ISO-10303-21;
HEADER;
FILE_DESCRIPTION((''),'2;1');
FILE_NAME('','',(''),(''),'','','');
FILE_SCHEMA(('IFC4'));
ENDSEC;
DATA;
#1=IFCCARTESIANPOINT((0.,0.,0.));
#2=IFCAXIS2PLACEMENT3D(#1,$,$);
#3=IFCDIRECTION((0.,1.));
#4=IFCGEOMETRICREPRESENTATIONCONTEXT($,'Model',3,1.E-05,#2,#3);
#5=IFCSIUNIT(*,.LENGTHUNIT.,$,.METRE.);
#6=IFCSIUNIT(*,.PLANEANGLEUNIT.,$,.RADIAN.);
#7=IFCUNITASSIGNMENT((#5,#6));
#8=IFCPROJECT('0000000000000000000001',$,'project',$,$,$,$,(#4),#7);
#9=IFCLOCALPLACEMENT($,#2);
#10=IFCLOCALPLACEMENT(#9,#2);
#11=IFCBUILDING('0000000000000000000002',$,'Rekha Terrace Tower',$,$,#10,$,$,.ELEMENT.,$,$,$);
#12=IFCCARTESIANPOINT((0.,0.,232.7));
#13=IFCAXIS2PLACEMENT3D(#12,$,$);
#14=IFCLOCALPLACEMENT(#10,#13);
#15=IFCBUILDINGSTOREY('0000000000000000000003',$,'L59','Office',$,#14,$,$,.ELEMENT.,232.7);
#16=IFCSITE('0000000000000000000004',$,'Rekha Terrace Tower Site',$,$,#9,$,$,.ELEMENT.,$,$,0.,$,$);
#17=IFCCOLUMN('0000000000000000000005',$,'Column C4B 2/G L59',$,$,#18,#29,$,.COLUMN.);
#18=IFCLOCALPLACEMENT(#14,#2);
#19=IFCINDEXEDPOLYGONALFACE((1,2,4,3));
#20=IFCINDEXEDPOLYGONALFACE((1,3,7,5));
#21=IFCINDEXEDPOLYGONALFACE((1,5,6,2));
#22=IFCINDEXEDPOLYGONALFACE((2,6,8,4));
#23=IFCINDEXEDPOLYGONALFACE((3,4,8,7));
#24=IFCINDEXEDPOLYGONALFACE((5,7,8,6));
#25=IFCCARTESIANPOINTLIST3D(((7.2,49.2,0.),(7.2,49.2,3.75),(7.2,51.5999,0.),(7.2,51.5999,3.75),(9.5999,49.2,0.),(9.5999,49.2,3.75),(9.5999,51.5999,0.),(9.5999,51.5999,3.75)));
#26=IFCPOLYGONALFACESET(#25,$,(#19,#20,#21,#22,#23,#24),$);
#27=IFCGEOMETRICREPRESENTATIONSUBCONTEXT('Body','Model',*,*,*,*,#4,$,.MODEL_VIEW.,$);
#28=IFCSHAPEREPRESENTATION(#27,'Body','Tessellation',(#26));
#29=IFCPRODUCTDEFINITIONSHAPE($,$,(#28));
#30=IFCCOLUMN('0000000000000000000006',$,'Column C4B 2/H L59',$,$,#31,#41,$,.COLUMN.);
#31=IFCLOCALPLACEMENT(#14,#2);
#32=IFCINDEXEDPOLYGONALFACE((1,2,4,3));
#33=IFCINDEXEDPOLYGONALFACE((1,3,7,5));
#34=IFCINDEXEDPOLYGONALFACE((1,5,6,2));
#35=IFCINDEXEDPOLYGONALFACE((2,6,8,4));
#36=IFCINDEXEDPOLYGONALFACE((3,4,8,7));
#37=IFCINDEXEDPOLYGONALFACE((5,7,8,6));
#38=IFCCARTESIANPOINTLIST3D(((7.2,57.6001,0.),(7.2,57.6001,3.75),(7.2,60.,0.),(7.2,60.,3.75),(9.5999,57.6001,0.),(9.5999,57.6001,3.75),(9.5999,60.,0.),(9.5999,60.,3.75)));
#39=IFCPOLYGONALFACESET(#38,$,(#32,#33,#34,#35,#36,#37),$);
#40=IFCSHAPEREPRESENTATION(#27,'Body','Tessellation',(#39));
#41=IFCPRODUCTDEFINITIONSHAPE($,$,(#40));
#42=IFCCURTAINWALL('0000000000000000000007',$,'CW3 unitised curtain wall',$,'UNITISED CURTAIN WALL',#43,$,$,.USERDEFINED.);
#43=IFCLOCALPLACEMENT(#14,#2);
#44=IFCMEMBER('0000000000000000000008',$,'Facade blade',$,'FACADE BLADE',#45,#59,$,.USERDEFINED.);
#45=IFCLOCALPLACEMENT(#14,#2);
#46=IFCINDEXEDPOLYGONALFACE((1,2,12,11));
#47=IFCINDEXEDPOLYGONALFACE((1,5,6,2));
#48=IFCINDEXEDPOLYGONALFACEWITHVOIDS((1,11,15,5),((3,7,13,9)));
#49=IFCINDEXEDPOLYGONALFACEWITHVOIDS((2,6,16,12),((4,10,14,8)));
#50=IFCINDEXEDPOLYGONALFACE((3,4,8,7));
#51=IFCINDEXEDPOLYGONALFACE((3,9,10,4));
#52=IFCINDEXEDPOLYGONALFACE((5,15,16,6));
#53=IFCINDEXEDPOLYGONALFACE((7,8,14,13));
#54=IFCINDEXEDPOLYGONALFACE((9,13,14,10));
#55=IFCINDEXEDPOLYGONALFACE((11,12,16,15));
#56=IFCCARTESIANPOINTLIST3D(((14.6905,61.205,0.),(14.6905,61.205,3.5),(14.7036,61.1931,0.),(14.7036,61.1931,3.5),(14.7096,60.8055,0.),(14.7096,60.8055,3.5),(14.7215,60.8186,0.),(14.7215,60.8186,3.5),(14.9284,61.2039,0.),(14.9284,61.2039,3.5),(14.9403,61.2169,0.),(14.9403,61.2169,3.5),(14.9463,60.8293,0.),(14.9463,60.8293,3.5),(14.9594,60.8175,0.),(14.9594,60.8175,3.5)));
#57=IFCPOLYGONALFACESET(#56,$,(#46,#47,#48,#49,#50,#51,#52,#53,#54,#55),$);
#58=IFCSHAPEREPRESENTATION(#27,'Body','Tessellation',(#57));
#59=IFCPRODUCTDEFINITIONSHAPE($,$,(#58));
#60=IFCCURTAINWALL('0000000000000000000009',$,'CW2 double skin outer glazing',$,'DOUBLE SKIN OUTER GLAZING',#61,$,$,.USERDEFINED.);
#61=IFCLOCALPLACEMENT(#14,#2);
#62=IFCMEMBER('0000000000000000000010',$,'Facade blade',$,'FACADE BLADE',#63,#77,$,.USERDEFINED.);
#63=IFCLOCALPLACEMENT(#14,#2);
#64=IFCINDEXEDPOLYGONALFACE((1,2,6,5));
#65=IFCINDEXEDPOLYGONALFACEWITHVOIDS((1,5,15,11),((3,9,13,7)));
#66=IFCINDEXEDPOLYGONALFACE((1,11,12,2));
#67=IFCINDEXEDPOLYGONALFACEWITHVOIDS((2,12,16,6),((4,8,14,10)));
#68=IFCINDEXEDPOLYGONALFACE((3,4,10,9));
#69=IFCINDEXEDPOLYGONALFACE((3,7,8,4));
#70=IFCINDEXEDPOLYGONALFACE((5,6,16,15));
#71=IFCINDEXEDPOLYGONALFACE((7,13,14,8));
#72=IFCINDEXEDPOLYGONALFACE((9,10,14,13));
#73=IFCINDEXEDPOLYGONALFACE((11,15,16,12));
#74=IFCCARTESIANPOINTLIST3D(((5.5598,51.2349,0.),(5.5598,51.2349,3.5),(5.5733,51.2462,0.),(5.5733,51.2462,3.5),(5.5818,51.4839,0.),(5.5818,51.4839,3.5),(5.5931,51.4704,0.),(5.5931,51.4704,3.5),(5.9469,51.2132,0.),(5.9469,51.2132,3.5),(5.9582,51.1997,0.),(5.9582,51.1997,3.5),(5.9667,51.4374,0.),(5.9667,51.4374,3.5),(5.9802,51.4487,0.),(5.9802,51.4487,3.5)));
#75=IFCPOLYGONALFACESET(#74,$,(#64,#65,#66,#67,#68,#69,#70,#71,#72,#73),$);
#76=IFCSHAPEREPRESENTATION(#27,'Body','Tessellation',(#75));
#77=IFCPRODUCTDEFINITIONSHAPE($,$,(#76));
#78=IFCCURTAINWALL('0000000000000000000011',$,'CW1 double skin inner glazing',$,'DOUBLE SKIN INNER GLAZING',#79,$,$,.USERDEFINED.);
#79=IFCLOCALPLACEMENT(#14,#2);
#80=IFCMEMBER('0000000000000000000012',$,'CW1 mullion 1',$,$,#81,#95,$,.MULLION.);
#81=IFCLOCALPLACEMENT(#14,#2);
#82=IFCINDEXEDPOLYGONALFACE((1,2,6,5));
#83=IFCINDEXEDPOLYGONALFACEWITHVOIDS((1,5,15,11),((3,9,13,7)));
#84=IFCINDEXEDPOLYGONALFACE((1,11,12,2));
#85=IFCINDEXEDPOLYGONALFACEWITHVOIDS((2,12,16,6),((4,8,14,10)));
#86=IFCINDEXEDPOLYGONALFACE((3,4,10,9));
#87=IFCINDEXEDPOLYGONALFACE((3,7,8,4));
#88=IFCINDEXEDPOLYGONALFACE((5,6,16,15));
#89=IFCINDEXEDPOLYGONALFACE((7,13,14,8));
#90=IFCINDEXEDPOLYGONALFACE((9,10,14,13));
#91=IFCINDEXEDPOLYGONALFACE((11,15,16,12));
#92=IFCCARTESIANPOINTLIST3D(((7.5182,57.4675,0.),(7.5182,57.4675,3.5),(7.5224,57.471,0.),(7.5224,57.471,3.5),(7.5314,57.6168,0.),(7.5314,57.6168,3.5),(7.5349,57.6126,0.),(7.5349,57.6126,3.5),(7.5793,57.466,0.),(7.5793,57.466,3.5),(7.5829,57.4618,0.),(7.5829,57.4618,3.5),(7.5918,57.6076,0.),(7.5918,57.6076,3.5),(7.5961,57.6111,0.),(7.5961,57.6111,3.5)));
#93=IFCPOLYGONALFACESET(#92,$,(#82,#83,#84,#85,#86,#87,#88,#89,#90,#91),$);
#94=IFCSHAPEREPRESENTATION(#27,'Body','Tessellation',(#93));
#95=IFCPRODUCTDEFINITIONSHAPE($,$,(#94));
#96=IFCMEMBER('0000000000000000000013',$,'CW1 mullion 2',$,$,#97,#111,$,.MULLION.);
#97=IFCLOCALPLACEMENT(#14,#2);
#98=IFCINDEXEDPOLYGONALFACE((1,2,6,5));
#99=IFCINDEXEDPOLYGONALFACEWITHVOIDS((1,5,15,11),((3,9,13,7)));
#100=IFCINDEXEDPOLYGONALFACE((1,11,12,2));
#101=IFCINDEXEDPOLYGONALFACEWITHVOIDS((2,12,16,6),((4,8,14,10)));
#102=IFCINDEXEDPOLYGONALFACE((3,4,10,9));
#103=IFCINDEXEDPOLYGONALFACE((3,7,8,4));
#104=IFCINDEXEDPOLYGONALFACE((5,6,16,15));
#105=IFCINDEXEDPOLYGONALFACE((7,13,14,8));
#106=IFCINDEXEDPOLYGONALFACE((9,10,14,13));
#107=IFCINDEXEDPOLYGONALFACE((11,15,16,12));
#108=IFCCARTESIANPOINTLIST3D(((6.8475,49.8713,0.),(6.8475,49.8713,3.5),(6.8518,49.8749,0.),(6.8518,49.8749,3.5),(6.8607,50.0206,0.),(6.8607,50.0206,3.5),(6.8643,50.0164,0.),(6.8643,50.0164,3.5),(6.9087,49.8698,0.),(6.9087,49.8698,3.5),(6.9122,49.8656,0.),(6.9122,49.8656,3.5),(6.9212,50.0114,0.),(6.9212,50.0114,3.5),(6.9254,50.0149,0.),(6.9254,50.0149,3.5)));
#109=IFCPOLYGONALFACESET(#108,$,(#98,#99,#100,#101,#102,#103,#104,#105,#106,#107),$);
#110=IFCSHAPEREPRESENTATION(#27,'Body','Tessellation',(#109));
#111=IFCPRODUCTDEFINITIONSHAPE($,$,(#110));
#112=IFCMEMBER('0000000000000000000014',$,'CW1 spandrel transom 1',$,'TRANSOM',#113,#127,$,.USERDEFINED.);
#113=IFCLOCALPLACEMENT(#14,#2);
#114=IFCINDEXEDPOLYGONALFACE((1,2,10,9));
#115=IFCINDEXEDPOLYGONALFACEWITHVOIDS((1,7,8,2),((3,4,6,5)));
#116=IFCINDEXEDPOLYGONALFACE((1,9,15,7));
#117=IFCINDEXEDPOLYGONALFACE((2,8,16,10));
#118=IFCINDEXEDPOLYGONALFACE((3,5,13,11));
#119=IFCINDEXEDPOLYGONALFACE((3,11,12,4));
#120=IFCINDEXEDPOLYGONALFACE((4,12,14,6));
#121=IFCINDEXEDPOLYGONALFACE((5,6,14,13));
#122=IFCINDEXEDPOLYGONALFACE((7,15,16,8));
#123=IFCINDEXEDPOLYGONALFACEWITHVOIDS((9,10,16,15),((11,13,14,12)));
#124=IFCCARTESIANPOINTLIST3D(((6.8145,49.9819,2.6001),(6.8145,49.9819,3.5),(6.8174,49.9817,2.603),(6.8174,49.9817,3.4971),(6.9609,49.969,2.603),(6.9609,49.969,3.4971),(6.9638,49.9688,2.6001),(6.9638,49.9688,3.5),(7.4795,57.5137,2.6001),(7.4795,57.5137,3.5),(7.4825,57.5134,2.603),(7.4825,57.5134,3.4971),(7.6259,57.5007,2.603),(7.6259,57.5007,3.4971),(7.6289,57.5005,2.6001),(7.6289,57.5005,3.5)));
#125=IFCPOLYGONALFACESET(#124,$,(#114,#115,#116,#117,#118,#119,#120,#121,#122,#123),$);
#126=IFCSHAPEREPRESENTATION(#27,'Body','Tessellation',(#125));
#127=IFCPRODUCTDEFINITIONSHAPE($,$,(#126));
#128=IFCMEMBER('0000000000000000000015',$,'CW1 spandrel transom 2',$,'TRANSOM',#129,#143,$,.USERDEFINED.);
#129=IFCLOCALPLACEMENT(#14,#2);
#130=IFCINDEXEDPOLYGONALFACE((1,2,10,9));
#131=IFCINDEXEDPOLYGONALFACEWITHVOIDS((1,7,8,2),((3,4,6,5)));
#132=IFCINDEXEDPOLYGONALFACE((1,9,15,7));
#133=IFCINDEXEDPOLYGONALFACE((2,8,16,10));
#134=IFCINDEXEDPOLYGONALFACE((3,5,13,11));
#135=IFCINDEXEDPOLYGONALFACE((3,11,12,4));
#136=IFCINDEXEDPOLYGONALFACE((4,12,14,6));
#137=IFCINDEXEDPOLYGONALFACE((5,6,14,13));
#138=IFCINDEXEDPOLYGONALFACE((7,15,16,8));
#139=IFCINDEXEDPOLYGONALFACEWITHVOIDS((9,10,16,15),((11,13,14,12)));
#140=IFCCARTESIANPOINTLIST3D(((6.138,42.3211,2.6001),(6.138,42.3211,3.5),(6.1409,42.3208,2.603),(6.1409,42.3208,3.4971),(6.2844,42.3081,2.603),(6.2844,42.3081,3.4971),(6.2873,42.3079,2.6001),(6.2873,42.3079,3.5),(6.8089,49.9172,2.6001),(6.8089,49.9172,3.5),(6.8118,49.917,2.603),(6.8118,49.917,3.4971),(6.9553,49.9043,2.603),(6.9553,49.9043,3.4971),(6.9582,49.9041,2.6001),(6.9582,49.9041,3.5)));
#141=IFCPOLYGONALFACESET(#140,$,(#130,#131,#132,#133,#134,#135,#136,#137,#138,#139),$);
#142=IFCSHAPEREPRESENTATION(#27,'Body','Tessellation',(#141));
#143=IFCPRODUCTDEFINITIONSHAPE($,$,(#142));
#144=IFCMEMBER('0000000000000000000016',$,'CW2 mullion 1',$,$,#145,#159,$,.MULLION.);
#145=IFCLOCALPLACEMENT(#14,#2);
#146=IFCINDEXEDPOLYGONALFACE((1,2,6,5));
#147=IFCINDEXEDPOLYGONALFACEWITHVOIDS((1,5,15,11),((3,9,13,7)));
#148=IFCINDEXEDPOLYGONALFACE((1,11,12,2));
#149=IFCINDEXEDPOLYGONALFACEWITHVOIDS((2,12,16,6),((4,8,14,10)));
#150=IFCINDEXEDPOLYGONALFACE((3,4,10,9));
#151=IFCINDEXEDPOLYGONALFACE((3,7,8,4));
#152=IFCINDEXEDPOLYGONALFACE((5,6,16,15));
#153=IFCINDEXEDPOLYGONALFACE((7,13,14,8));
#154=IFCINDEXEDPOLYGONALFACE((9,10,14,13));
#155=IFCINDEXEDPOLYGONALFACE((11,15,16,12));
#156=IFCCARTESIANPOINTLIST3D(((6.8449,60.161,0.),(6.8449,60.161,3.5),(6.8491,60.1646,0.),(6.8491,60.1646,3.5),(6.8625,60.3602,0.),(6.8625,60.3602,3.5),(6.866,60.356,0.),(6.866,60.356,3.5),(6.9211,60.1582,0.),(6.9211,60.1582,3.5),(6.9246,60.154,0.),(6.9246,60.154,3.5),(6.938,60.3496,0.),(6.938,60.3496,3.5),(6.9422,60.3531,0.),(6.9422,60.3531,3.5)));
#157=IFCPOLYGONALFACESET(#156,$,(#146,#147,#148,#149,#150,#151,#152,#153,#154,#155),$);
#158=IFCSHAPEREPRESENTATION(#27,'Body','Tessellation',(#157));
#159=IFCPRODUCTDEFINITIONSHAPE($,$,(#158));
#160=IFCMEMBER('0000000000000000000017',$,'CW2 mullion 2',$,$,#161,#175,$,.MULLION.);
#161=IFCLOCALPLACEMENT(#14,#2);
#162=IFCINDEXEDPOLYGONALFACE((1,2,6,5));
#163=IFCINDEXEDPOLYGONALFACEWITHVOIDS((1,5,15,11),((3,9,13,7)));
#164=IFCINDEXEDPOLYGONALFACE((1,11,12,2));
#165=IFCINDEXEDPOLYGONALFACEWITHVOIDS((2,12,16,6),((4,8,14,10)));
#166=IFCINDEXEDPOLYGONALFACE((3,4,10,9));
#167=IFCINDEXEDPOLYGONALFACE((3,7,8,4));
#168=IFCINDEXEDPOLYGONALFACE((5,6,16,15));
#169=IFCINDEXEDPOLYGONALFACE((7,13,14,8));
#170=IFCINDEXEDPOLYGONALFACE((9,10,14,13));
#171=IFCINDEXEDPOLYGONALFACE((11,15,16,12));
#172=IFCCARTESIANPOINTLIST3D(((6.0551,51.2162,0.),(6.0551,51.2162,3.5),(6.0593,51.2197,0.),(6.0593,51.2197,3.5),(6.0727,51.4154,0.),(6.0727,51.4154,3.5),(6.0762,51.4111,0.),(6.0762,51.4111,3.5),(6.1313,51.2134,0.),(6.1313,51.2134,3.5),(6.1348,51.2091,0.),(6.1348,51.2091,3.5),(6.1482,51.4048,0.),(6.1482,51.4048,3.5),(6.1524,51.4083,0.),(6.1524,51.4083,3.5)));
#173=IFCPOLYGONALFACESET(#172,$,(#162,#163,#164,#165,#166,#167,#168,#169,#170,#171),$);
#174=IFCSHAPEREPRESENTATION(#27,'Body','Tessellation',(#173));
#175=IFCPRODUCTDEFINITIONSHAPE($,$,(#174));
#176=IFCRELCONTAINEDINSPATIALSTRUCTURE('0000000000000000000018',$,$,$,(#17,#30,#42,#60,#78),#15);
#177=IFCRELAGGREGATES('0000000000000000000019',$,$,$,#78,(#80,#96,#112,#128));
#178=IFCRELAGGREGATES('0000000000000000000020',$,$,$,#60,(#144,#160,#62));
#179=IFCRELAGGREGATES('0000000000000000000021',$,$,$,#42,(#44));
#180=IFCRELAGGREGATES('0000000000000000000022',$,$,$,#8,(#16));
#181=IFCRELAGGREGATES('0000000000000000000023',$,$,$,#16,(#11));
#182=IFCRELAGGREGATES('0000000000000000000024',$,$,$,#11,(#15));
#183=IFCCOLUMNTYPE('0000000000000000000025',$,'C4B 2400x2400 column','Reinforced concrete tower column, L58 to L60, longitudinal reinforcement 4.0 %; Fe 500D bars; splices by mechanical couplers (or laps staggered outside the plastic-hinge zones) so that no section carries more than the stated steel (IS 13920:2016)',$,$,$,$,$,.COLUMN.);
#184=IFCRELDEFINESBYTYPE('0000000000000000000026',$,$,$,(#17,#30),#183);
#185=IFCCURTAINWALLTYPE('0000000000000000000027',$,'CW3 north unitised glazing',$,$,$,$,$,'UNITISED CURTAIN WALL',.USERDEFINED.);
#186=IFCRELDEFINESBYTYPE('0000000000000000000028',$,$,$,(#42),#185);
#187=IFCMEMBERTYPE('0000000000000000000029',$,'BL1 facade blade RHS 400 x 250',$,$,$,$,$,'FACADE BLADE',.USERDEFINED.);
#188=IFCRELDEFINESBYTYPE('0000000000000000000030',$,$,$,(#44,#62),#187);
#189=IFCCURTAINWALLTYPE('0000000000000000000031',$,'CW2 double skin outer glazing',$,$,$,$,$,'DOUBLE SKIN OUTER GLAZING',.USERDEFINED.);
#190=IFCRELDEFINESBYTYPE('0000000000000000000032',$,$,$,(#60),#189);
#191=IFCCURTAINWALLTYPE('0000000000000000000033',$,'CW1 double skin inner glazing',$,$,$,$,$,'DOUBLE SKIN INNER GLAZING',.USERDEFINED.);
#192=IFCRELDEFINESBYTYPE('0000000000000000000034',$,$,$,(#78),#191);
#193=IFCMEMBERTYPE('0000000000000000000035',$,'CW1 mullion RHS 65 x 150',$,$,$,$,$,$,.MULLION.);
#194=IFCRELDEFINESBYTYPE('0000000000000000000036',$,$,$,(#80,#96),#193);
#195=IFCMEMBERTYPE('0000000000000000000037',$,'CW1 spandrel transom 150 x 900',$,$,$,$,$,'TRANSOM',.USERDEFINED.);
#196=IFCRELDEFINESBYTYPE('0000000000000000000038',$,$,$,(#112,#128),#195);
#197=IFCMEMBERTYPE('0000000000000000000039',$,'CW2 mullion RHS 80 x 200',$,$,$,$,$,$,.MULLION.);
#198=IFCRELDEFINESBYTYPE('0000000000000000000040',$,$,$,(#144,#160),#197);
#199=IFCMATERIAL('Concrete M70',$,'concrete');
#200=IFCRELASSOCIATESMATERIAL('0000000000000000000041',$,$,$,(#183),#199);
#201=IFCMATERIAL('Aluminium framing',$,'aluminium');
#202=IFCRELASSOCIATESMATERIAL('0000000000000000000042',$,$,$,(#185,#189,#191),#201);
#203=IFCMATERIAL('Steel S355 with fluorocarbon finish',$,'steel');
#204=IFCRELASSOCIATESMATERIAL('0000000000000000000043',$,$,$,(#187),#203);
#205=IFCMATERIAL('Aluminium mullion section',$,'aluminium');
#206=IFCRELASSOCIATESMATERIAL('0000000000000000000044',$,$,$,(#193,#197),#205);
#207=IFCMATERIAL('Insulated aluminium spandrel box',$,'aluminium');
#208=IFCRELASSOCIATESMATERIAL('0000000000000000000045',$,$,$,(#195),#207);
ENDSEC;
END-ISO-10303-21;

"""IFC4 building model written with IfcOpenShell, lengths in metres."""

from ifc_helpers import new_model, si_unit, direction, frame, origin, origin_2d, place, context, subcontext, project, spatial, rectangle, hollow_rectangle, extrude, material, material_profile, profile_set, type_object, element, aggregate, save


model = new_model("IFC4")

# Units and contexts
model_context = context("Model", 3, precision=1e-05, world=origin(), true_north=direction((0.0, 1.0)))
body_context = subcontext(model_context, "Body", "Model", "MODEL_VIEW")
ifc_project = project(units=[si_unit("LENGTHUNIT", "METRE"), si_unit("PLANEANGLEUNIT", "RADIAN")], contexts=[model_context])

# Site, building, storey
site_placement = place(None, origin())
site = spatial("IfcSite", under=ifc_project, at=site_placement, Name="Rekha Terrace Tower Site", CompositionType="ELEMENT", RefElevation=0.0)
building_placement = place(site_placement, origin())
building = spatial("IfcBuilding", under=site, at=building_placement, Name="Rekha Terrace Tower", CompositionType="ELEMENT")
storey_placement = place(building_placement, frame((0.0, 0.0, 232.7)))
storey = spatial("IfcBuildingStorey", under=building, at=storey_placement, Name="L59", Description="Office", CompositionType="ELEMENT", Elevation=232.7)

# Columns
ifc_material_1 = material(Name="Concrete M70", Category="concrete")
ifc_material_profile_1 = material_profile(ifc_material_1, rectangle(XDim=2.3999, YDim=2.3999, at=origin_2d()), Name="RC 2400x2400")
ifc_profile_set_1 = profile_set([ifc_material_profile_1], Name="Concrete M70")
column_type = type_object("IfcColumnType", Name="C4B 2400x2400 column", Description="Reinforced concrete tower column, L58 to L60, longitudinal reinforcement 4.0 %; Fe 500D bars; splices by mechanical couplers (or laps staggered outside the plastic-hinge zones) so that no section carries more than the stated steel (IS 13920:2016)", PredefinedType="COLUMN", material=ifc_profile_set_1)
for number, where, z_axis, x_axis, name in (
    (1, (8.3999, 50.3999, 0.0), (0.0, 0.0, 1.0), (1.0, 0.0, 0.0), "Column C4B 2/G L59"),
    (2, (8.3999, 58.8, 0.0), (0.0, 0.0, 1.0), (1.0, 0.0, 0.0), "Column C4B 2/H L59"),
):
    element("IfcColumn", number, at=place(storey_placement, frame(where, z_axis=z_axis, x_axis=x_axis)), inside=storey, type_object=column_type, Name=name, PredefinedType="COLUMN", context=body_context, shape_type="SweptSolid", body=[
        extrude(rectangle(XDim=2.3999, YDim=2.3999, at=origin_2d()), origin(), (0.0, 0.0, 1.0), 3.75),
    ])

# Curtain walls, members
ifc_material_2 = material(Name="Aluminium framing", Category="aluminium")
curtain_wall_type_1 = type_object("IfcCurtainWallType", Name="CW3 north unitised glazing", ElementType="UNITISED CURTAIN WALL", PredefinedType="USERDEFINED", material=ifc_material_2)
curtain_wall_1_placement = place(storey_placement, origin())
curtain_wall_1 = element("IfcCurtainWall", 3, at=curtain_wall_1_placement, inside=storey, type_object=curtain_wall_type_1, Name="CW3 unitised curtain wall", ObjectType="UNITISED CURTAIN WALL", PredefinedType="USERDEFINED")
ifc_material_3 = material(Name="Steel S355 with fluorocarbon finish", Category="steel")
ifc_material_profile_2 = material_profile(ifc_material_3, hollow_rectangle(XDim=0.25, YDim=0.3999, WallThickness=0.0125, at=origin_2d()), Name="RHS400x250x12.5")
ifc_profile_set_2 = profile_set([ifc_material_profile_2], Name="Steel S355 with fluorocarbon finish")
member_type_1 = type_object("IfcMemberType", Name="BL1 facade blade RHS 400 x 250", ElementType="FACADE BLADE", PredefinedType="USERDEFINED", material=ifc_profile_set_2)
member_1_placement = place(storey_placement, frame((14.825, 61.0112, 0.0), z_axis=(0.0, 0.0, 1.0), x_axis=(-0.998859, -0.047758, 0.0)))
member_1 = element("IfcMember", 4, at=member_1_placement, type_object=member_type_1, Name="Facade blade", ObjectType="FACADE BLADE", PredefinedType="USERDEFINED", context=body_context, shape_type="SweptSolid", body=[
    extrude(hollow_rectangle(XDim=0.25, YDim=0.3999, WallThickness=0.0125, at=origin_2d()), origin(), (0.0, 0.0, 1.0), 3.5),
])
curtain_wall_type_2 = type_object("IfcCurtainWallType", Name="CW2 double skin outer glazing", ElementType="DOUBLE SKIN OUTER GLAZING", PredefinedType="USERDEFINED", material=ifc_material_2)
curtain_wall_2_placement = place(storey_placement, origin())
curtain_wall_2 = element("IfcCurtainWall", 5, at=curtain_wall_2_placement, inside=storey, type_object=curtain_wall_type_2, Name="CW2 double skin outer glazing", ObjectType="DOUBLE SKIN OUTER GLAZING", PredefinedType="USERDEFINED")
member_2_placement = place(storey_placement, frame((5.77, 51.3418, 0.0), z_axis=(0.0, 0.0, 1.0), x_axis=(-0.087957, -0.996124, 0.0)))
member_2 = element("IfcMember", 6, at=member_2_placement, type_object=member_type_1, Name="Facade blade", ObjectType="FACADE BLADE", PredefinedType="USERDEFINED", context=body_context, shape_type="SweptSolid", body=[
    extrude(hollow_rectangle(XDim=0.25, YDim=0.3999, WallThickness=0.0125, at=origin_2d()), origin(), (0.0, 0.0, 1.0), 3.5),
])

# Curtain wall, members
curtain_wall_type_3 = type_object("IfcCurtainWallType", Name="CW1 double skin inner glazing", ElementType="DOUBLE SKIN INNER GLAZING", PredefinedType="USERDEFINED", material=ifc_material_2)
curtain_wall_3_placement = place(storey_placement, origin())
curtain_wall_3 = element("IfcCurtainWall", 7, at=curtain_wall_3_placement, inside=storey, type_object=curtain_wall_type_3, Name="CW1 double skin inner glazing", ObjectType="DOUBLE SKIN INNER GLAZING", PredefinedType="USERDEFINED")
ifc_material_4 = material(Name="Aluminium mullion section", Category="aluminium")
ifc_material_profile_3 = material_profile(ifc_material_4, hollow_rectangle(XDim=0.0649, YDim=0.1499, WallThickness=0.0039, at=origin_2d()), Name="AL RHS 65x150")
ifc_profile_set_3 = profile_set([ifc_material_profile_3], Name="Aluminium mullion section")
member_type_2 = type_object("IfcMemberType", Name="CW1 mullion RHS 65 x 150", PredefinedType="MULLION", material=ifc_profile_set_3)
member_3_placement = place(storey_placement, frame((7.5571, 57.5393, 0.0), z_axis=(0.0, 0.0, 1.0), x_axis=(0.996124, -0.087958, 0.0)))
member_3 = element("IfcMember", 8, at=member_3_placement, type_object=member_type_2, Name="CW1 mullion 1", PredefinedType="MULLION", context=body_context, shape_type="SweptSolid", body=[
    extrude(hollow_rectangle(XDim=0.0649, YDim=0.1499, WallThickness=0.0039, at=origin_2d()), origin(), (0.0, 0.0, 1.0), 3.5),
])
member_4_placement = place(storey_placement, frame((6.8865, 49.9431, 0.0), z_axis=(0.0, 0.0, 1.0), x_axis=(0.996124, -0.087958, 0.0)))
member_4 = element("IfcMember", 9, at=member_4_placement, type_object=member_type_2, Name="CW1 mullion 2", PredefinedType="MULLION", context=body_context, shape_type="SweptSolid", body=[
    extrude(hollow_rectangle(XDim=0.0649, YDim=0.1499, WallThickness=0.0039, at=origin_2d()), origin(), (0.0, 0.0, 1.0), 3.5),
])
ifc_material_5 = material(Name="Insulated aluminium spandrel box", Category="aluminium")
ifc_material_profile_4 = material_profile(ifc_material_5, hollow_rectangle(XDim=0.1499, YDim=0.8999, WallThickness=0.0029, at=origin_2d()), Name="AL SPANDREL BOX 150x900")
ifc_profile_set_4 = profile_set([ifc_material_profile_4], Name="Insulated aluminium spandrel box")
member_type_3 = type_object("IfcMemberType", Name="CW1 spandrel transom 150 x 900", ElementType="TRANSOM", PredefinedType="USERDEFINED", material=ifc_profile_set_4)
member_5_placement = place(storey_placement, frame((7.5542, 57.5071, 3.05), z_axis=(-0.087956, -0.996124, 0.0), x_axis=(0.996124, -0.087956, 0.0)))
member_5 = element("IfcMember", 10, at=member_5_placement, type_object=member_type_3, Name="CW1 spandrel transom 1", ObjectType="TRANSOM", PredefinedType="USERDEFINED", context=body_context, shape_type="SweptSolid", body=[
    extrude(hollow_rectangle(XDim=0.1499, YDim=0.8999, WallThickness=0.0029, at=origin_2d()), origin(), (0.0, 0.0, 1.0), 7.561),
])
member_6_placement = place(storey_placement, frame((6.8835, 49.9106, 3.05), z_axis=(-0.087978, -0.996122, 0.0), x_axis=(0.996122, -0.087978, 0.0)))
member_6 = element("IfcMember", 11, at=member_6_placement, type_object=member_type_3, Name="CW1 spandrel transom 2", ObjectType="TRANSOM", PredefinedType="USERDEFINED", context=body_context, shape_type="SweptSolid", body=[
    extrude(hollow_rectangle(XDim=0.1499, YDim=0.8999, WallThickness=0.0029, at=origin_2d()), origin(), (0.0, 0.0, 1.0), 7.6257),
])

# Members
ifc_material_profile_5 = material_profile(ifc_material_4, hollow_rectangle(XDim=0.0801, YDim=0.2, WallThickness=0.0039, at=origin_2d()), Name="AL RHS 80x200")
ifc_profile_set_5 = profile_set([ifc_material_profile_5], Name="Aluminium mullion section")
member_type_4 = type_object("IfcMemberType", Name="CW2 mullion RHS 80 x 200", PredefinedType="MULLION", material=ifc_profile_set_5)
member_7_placement = place(storey_placement, frame((6.8936, 60.2571, 0.0), z_axis=(0.0, 0.0, 1.0), x_axis=(0.996124, -0.087958, 0.0)))
member_7 = element("IfcMember", 12, at=member_7_placement, type_object=member_type_4, Name="CW2 mullion 1", PredefinedType="MULLION", context=body_context, shape_type="SweptSolid", body=[
    extrude(hollow_rectangle(XDim=0.0801, YDim=0.2, WallThickness=0.0039, at=origin_2d()), origin(), (0.0, 0.0, 1.0), 3.5),
])
member_8_placement = place(storey_placement, frame((6.1038, 51.3123, 0.0), z_axis=(0.0, 0.0, 1.0), x_axis=(0.996124, -0.087958, 0.0)))
member_8 = element("IfcMember", 13, at=member_8_placement, type_object=member_type_4, Name="CW2 mullion 2", PredefinedType="MULLION", context=body_context, shape_type="SweptSolid", body=[
    extrude(hollow_rectangle(XDim=0.0801, YDim=0.2, WallThickness=0.0039, at=origin_2d()), origin(), (0.0, 0.0, 1.0), 3.5),
])

aggregate(curtain_wall_3, [member_3, member_4, member_5, member_6])
aggregate(curtain_wall_2, [member_7, member_8, member_2])
aggregate(curtain_wall_1, [member_1])

save(model, "model.ifc")
